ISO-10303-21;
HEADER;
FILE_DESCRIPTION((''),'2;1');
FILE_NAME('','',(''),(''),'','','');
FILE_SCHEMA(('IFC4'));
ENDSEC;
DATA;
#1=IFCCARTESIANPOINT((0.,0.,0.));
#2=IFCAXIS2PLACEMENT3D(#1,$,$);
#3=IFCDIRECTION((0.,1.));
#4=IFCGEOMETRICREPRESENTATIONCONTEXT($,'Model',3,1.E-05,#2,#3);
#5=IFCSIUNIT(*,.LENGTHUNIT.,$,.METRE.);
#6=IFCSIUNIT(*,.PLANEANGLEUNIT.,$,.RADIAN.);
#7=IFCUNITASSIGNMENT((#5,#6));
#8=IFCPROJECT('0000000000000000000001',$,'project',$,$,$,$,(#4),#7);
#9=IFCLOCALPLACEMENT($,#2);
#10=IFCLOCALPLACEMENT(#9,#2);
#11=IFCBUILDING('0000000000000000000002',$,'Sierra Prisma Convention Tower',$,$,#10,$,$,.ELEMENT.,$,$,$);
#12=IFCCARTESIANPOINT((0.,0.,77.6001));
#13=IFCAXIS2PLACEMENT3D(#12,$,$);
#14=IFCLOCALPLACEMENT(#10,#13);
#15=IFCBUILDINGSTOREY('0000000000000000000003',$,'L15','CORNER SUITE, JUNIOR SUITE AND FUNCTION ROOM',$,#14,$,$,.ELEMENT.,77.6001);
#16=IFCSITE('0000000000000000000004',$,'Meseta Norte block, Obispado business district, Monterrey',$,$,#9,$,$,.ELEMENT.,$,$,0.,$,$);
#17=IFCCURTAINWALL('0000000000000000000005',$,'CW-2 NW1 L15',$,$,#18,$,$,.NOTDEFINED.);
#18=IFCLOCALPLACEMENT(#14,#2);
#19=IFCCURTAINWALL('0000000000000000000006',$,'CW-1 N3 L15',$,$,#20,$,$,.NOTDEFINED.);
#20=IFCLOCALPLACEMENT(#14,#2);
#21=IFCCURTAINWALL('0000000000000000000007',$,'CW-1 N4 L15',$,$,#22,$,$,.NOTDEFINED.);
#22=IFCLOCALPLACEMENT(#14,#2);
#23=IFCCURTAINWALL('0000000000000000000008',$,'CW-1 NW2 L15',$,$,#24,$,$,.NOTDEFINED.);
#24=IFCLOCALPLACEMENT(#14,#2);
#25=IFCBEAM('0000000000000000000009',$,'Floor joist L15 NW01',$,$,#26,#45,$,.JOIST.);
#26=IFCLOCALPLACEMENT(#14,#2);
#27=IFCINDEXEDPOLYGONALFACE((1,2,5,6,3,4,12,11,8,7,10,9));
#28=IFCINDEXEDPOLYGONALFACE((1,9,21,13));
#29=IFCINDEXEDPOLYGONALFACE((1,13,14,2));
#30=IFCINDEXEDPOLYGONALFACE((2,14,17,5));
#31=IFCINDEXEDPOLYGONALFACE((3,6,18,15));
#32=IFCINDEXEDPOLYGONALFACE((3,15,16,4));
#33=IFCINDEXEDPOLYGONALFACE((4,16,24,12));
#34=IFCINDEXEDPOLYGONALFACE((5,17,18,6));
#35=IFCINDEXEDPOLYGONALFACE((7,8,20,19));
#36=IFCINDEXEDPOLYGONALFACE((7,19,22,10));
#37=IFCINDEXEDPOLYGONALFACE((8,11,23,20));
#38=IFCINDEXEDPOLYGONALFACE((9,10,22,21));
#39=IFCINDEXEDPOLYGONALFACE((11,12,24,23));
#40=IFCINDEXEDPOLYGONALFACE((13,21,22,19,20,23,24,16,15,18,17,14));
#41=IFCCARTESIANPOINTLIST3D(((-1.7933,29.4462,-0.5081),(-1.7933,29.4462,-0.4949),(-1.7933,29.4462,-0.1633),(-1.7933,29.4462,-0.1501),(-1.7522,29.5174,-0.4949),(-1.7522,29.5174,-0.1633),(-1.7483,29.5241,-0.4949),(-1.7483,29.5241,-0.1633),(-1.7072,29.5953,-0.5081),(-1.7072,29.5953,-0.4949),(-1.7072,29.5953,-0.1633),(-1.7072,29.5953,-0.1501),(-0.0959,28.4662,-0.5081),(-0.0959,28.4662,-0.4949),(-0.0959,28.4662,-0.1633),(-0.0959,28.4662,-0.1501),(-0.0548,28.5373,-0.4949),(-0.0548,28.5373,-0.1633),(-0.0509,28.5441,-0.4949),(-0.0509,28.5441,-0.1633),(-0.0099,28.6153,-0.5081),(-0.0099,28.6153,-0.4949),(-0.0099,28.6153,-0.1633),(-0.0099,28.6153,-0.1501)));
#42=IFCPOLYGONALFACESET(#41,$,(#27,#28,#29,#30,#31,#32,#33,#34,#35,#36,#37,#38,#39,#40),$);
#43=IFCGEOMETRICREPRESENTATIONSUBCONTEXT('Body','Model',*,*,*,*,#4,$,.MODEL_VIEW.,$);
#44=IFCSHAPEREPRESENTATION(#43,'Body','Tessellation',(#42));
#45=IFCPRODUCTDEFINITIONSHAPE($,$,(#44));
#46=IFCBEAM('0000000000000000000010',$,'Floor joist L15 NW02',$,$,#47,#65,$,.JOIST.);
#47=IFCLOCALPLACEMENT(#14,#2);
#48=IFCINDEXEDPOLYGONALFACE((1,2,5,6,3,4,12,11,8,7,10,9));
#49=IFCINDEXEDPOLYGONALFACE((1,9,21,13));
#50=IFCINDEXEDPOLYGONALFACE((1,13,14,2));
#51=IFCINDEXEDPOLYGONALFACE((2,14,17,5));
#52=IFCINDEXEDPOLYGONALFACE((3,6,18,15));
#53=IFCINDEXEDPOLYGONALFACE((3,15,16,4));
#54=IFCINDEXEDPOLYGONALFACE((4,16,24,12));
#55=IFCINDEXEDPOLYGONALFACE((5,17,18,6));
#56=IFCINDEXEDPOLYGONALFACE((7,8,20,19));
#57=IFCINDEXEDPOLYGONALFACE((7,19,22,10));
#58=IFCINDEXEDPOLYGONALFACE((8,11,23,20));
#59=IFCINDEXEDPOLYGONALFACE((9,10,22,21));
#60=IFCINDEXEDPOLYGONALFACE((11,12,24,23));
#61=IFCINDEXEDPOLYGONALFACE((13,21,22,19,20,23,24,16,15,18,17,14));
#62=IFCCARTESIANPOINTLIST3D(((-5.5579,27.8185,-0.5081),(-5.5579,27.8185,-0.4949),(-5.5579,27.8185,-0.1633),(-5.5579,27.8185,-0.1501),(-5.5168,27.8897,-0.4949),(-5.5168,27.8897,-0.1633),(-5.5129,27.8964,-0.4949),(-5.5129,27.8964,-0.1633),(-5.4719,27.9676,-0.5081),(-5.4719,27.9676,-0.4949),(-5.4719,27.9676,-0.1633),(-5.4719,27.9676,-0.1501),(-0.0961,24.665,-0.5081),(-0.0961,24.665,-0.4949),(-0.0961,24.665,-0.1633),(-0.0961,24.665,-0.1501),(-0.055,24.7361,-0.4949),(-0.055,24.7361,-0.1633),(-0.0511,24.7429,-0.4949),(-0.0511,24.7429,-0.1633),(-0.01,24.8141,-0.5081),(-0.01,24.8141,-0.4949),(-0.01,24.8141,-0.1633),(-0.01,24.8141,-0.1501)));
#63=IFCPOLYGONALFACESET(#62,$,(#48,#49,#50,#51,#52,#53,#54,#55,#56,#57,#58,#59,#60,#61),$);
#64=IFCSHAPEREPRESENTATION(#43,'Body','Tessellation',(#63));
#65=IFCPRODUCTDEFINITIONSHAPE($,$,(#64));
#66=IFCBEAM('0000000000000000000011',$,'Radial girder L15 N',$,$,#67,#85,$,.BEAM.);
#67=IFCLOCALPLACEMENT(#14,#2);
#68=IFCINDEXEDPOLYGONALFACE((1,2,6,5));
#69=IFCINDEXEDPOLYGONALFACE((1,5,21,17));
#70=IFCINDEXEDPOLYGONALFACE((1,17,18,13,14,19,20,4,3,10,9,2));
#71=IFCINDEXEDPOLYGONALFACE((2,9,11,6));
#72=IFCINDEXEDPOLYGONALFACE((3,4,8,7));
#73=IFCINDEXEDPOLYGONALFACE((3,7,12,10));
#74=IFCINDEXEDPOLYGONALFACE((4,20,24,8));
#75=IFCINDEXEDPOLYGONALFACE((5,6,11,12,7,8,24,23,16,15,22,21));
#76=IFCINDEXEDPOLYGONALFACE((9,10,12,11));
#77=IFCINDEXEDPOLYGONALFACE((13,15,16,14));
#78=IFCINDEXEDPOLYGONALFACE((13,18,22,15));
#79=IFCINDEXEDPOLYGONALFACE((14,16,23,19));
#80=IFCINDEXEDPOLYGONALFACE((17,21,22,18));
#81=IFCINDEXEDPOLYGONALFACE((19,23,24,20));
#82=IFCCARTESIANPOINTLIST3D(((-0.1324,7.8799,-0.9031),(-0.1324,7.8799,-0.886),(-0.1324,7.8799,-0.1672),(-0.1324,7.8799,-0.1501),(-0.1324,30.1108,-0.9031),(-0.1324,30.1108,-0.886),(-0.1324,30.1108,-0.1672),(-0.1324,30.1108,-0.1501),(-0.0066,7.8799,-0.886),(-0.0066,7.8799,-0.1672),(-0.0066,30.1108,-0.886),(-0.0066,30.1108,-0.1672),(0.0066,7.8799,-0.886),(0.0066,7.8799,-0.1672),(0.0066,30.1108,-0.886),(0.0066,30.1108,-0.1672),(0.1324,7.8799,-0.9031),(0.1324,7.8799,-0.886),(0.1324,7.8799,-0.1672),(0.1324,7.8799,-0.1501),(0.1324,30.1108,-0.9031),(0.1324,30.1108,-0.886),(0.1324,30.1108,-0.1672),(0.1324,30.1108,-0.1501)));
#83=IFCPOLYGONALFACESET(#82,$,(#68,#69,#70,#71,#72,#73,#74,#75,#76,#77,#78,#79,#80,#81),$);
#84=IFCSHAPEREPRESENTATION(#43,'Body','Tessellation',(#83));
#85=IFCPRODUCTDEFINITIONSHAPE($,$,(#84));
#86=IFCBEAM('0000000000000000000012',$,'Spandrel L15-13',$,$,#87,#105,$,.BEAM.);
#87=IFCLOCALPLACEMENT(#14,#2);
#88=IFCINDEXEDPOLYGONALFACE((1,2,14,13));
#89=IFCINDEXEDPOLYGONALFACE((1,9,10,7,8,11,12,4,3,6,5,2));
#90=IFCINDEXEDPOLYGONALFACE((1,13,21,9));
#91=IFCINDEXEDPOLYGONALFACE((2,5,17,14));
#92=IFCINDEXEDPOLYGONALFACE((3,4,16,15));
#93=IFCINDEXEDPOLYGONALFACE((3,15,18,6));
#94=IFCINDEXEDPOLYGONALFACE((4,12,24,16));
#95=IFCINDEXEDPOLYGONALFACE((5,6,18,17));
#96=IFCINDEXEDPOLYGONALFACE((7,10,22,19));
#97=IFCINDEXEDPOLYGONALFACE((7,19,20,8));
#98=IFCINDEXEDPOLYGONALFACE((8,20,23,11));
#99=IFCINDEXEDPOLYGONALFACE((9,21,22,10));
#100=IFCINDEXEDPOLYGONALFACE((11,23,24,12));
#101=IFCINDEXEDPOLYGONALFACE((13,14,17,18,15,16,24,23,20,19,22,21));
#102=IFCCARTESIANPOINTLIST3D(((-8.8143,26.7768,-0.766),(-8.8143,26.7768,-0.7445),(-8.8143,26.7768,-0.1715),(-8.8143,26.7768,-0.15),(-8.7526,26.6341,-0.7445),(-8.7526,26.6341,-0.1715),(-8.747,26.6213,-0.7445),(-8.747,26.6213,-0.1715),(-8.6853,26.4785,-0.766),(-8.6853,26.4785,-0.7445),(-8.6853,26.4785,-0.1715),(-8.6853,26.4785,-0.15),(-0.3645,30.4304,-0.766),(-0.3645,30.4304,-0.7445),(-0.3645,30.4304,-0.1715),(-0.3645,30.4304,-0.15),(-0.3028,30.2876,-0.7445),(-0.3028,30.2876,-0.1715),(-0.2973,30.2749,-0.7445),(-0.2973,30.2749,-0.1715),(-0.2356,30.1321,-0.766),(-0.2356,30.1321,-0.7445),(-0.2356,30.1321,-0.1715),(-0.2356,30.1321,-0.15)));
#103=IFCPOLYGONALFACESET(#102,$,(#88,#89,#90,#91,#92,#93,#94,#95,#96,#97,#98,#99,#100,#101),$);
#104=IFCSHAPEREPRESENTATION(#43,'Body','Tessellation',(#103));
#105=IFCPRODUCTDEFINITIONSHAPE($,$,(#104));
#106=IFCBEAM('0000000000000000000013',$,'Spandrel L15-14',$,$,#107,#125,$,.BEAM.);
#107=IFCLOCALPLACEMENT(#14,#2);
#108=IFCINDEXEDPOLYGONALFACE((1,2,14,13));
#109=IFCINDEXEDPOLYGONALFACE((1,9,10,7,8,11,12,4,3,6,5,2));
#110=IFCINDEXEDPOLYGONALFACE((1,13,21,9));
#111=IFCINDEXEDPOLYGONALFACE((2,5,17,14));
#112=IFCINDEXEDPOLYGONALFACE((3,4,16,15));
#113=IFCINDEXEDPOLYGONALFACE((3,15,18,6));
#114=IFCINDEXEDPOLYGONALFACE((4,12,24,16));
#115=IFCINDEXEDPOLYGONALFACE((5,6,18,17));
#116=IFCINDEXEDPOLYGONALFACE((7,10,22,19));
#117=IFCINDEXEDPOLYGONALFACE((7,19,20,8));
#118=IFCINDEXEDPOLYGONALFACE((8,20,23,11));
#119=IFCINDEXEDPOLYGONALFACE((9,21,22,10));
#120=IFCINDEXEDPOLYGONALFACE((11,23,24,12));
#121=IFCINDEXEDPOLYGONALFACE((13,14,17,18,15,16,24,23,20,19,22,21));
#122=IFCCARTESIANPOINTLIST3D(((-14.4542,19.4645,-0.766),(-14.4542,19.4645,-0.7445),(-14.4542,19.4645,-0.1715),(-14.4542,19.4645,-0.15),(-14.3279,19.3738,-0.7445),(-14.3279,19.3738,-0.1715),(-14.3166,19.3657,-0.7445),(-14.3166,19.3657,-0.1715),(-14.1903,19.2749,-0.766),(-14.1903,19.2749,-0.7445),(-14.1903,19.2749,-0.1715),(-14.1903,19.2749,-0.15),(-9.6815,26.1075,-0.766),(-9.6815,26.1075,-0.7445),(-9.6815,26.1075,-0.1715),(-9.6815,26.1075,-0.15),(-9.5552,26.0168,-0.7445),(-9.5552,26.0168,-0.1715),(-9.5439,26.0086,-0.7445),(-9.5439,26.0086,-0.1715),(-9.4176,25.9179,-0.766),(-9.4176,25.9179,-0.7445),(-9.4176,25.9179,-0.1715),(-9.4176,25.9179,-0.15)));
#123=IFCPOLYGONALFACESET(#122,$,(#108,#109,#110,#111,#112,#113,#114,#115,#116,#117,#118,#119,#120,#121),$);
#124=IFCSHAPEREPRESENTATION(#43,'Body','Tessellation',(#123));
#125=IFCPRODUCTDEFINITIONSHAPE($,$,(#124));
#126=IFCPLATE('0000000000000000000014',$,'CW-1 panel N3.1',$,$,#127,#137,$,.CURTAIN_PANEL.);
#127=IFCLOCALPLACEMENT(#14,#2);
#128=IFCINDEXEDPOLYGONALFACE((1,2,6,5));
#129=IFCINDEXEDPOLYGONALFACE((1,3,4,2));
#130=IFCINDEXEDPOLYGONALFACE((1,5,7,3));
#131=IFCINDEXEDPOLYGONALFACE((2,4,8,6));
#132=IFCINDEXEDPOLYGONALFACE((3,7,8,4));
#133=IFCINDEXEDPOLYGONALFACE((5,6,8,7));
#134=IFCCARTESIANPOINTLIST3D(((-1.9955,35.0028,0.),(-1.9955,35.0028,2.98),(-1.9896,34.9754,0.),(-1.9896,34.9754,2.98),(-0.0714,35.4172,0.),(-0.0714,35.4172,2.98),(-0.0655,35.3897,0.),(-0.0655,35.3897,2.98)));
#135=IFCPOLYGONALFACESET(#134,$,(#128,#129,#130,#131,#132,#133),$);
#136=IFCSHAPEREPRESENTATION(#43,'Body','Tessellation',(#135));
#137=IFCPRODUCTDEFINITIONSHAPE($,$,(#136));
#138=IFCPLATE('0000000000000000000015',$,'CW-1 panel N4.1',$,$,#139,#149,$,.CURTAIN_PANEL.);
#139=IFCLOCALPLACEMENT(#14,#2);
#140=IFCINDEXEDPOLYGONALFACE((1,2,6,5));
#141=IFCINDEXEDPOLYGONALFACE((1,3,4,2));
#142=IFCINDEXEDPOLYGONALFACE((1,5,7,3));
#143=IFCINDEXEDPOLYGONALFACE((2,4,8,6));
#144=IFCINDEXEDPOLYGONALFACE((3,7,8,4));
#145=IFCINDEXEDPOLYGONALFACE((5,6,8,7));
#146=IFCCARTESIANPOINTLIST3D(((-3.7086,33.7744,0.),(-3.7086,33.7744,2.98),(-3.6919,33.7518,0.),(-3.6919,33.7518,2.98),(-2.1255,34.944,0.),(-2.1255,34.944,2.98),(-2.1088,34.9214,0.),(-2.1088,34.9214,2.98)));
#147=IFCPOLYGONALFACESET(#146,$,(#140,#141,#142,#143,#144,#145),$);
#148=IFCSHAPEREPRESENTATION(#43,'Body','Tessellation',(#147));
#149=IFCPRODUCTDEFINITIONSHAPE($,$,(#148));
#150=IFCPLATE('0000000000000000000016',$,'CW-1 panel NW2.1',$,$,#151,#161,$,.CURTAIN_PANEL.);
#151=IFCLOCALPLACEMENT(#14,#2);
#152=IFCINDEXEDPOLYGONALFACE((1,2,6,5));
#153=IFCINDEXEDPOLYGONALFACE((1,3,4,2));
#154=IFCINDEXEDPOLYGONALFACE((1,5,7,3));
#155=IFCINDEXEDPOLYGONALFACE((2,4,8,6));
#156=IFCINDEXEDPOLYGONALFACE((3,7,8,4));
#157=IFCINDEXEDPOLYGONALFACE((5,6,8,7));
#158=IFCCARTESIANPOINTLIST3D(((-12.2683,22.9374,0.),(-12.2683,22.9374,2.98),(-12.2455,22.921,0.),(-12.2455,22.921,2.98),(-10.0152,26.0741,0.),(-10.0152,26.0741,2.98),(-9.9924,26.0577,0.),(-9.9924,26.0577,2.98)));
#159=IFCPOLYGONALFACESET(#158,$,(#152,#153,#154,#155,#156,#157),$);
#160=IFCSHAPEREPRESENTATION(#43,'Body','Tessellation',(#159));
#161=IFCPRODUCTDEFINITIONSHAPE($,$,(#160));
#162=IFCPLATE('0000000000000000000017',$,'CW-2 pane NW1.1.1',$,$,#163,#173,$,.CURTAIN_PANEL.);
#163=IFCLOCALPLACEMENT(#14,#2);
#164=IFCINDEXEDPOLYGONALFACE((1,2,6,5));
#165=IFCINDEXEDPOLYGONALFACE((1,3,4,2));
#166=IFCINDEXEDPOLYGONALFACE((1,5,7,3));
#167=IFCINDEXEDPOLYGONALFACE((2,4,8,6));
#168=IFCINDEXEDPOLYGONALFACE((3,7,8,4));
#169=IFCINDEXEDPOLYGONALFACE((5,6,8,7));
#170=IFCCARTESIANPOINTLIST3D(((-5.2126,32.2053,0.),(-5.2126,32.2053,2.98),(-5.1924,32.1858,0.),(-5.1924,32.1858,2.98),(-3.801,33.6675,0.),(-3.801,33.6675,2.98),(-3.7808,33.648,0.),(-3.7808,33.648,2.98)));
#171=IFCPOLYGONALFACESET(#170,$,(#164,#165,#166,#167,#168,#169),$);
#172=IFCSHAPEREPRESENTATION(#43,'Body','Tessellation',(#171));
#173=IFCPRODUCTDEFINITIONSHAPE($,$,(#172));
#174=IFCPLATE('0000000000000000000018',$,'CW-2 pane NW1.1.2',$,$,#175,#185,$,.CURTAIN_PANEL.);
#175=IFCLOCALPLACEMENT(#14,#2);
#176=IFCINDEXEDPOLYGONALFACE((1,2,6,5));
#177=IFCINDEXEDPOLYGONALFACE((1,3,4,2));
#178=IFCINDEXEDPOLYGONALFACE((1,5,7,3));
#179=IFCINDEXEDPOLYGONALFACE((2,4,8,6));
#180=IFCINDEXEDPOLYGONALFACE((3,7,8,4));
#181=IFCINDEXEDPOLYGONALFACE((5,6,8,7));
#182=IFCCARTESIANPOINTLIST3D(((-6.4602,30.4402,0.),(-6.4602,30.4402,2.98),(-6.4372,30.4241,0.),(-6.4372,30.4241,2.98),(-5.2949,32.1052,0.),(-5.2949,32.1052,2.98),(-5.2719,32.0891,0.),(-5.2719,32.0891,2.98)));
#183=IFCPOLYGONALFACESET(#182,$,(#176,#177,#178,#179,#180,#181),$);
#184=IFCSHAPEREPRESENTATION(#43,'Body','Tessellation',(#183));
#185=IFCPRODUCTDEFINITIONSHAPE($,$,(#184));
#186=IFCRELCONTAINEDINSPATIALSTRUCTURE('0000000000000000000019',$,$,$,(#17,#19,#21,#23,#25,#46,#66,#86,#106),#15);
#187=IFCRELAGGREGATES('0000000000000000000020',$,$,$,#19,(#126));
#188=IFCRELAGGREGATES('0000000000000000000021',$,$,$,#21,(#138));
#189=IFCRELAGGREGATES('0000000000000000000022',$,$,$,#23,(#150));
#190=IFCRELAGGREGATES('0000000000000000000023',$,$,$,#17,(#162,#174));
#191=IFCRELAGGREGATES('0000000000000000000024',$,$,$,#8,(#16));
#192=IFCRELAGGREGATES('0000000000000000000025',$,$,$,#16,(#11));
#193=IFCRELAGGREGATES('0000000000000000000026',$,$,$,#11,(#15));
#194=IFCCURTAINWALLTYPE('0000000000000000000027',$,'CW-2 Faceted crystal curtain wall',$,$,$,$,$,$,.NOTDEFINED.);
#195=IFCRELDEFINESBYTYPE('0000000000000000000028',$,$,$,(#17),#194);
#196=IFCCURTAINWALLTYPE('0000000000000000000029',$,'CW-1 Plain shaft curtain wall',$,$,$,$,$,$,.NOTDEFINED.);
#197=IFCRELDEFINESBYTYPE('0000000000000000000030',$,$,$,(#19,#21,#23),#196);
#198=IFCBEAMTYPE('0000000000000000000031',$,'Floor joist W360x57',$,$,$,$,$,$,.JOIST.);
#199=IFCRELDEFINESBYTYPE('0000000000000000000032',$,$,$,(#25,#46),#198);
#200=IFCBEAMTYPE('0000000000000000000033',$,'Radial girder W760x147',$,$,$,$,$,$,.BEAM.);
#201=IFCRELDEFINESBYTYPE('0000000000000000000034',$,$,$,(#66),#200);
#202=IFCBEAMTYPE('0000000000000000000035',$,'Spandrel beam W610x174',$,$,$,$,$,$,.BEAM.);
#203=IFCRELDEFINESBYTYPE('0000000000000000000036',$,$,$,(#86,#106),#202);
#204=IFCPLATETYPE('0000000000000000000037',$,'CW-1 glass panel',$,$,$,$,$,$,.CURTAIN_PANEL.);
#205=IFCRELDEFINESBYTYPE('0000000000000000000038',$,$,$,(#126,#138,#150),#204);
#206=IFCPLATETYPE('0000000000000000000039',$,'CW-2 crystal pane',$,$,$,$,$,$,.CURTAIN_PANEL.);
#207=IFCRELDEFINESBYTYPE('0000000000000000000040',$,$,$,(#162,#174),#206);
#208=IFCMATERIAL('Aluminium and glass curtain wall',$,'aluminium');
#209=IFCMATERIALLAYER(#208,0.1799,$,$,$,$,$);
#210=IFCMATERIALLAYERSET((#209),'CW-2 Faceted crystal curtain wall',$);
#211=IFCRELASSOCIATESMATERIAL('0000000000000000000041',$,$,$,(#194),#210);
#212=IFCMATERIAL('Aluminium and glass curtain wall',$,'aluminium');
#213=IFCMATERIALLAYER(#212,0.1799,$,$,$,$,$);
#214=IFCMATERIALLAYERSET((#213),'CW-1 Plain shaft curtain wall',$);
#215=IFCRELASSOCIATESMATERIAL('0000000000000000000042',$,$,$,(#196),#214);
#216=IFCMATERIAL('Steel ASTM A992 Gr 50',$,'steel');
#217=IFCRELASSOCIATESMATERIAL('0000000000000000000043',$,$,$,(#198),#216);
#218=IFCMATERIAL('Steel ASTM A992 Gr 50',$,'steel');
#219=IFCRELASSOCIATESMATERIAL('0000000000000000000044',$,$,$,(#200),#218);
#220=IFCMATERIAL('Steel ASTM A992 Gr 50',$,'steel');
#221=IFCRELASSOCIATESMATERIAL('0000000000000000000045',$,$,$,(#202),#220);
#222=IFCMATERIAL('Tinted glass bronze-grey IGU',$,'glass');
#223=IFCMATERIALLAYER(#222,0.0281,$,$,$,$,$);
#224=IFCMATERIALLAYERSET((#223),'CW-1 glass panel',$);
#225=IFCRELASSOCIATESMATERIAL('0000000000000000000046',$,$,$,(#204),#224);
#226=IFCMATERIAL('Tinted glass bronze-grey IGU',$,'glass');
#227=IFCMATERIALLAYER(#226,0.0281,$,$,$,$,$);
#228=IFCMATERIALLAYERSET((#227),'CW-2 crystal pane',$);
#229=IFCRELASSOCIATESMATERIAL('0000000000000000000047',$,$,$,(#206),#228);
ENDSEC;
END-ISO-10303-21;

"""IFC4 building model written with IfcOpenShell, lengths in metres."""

from ifc_helpers import new_model, si_unit, direction, frame, origin, origin_2d, place, context, subcontext, project, spatial, polyline, rectangle, i_section, outline, extrude, material, layer, layer_set, material_profile, profile_set, type_object, element, aggregate, save


model = new_model("IFC4")

# Units and contexts
model_context = context("Model", 3, precision=1e-05, world=origin(), true_north=direction((0.0, 1.0)))
body_context = subcontext(model_context, "Body", "Model", "MODEL_VIEW")
ifc_project = project(units=[si_unit("LENGTHUNIT", "METRE"), si_unit("PLANEANGLEUNIT", "RADIAN")], contexts=[model_context])

# Site, building, storey
site_placement = place(None, origin())
site = spatial("IfcSite", under=ifc_project, at=site_placement, Name="Meseta Norte block, Obispado business district, Monterrey", CompositionType="ELEMENT", RefElevation=0.0)
building_placement = place(site_placement, origin())
building = spatial("IfcBuilding", under=site, at=building_placement, Name="Sierra Prisma Convention Tower", CompositionType="ELEMENT")
storey_placement = place(building_placement, frame((0.0, 0.0, 77.6001)))
storey = spatial("IfcBuildingStorey", under=building, at=storey_placement, Name="L15", Description="CORNER SUITE, JUNIOR SUITE AND FUNCTION ROOM", CompositionType="ELEMENT", Elevation=77.6001)

# Curtain wall
ifc_material_1 = material(Name="Aluminium and glass curtain wall", Category="aluminium")
ifc_layer_1 = layer(ifc_material_1, 0.1799)
ifc_layer_set_1 = layer_set([ifc_layer_1], Name="CW-2 Faceted crystal curtain wall")
curtain_wall_type_1 = type_object("IfcCurtainWallType", Name="CW-2 Faceted crystal curtain wall", PredefinedType="NOTDEFINED", material=ifc_layer_set_1)
curtain_wall_1_placement = place(storey_placement, origin())
curtain_wall_1 = element("IfcCurtainWall", 1, at=curtain_wall_1_placement, inside=storey, type_object=curtain_wall_type_1, Name="CW-2 NW1 L15", PredefinedType="NOTDEFINED")

# Curtain walls
ifc_material_2 = material(Name="Aluminium and glass curtain wall", Category="aluminium")
ifc_layer_2 = layer(ifc_material_2, 0.1799)
ifc_layer_set_2 = layer_set([ifc_layer_2], Name="CW-1 Plain shaft curtain wall")
curtain_wall_type_2 = type_object("IfcCurtainWallType", Name="CW-1 Plain shaft curtain wall", PredefinedType="NOTDEFINED", material=ifc_layer_set_2)
curtain_wall_2_placement = place(storey_placement, origin())
curtain_wall_2 = element("IfcCurtainWall", 2, at=curtain_wall_2_placement, inside=storey, type_object=curtain_wall_type_2, Name="CW-1 N3 L15", PredefinedType="NOTDEFINED")
curtain_wall_3_placement = place(storey_placement, origin())
curtain_wall_3 = element("IfcCurtainWall", 3, at=curtain_wall_3_placement, inside=storey, type_object=curtain_wall_type_2, Name="CW-1 N4 L15", PredefinedType="NOTDEFINED")

# Curtain wall
curtain_wall_4_placement = place(storey_placement, origin())
curtain_wall_4 = element("IfcCurtainWall", 4, at=curtain_wall_4_placement, inside=storey, type_object=curtain_wall_type_2, Name="CW-1 NW2 L15", PredefinedType="NOTDEFINED")

# Beams
ifc_material_3 = material(Name="Steel ASTM A992 Gr 50", Category="steel")
ifc_material_profile_1 = material_profile(ifc_material_3, i_section(OverallWidth=0.1721, OverallDepth=0.3579, WebThickness=0.0078, FlangeThickness=0.0132, at=origin_2d()), Name="W360x57")
ifc_profile_set_1 = profile_set([ifc_material_profile_1], Name="Steel ASTM A992 Gr 50")
beam_type_1 = type_object("IfcBeamType", Name="Floor joist W360x57", PredefinedType="JOIST", material=ifc_profile_set_1)
beam_1_placement = place(storey_placement, frame((-1.7502, 29.5208, -0.3291), z_axis=(0.866011, -0.500024, 0.0), x_axis=(0.500024, 0.866011, 0.0)))
element("IfcBeam", 5, at=beam_1_placement, inside=storey, type_object=beam_type_1, Name="Floor joist L15 NW01", PredefinedType="JOIST", context=body_context, shape_type="SweptSolid", body=[
    extrude(i_section(OverallWidth=0.1721, OverallDepth=0.3579, WebThickness=0.0078, FlangeThickness=0.0132, at=origin_2d()), origin(), (0.0, 0.0, 1.0), 1.96),
])
beam_2_placement = place(storey_placement, frame((-5.5149, 27.8931, -0.3291), z_axis=(0.866017, -0.500015, 0.0), x_axis=(0.500015, 0.866017, 0.0)))
element("IfcBeam", 6, at=beam_2_placement, inside=storey, type_object=beam_type_1, Name="Floor joist L15 NW02", PredefinedType="JOIST", context=body_context, shape_type="SweptSolid", body=[
    extrude(i_section(OverallWidth=0.1721, OverallDepth=0.3579, WebThickness=0.0078, FlangeThickness=0.0132, at=origin_2d()), origin(), (0.0, 0.0, 1.0), 6.3069),
])
ifc_material_4 = material(Name="Steel ASTM A992 Gr 50", Category="steel")
ifc_material_profile_2 = material_profile(ifc_material_4, i_section(OverallWidth=0.2649, OverallDepth=0.7529, WebThickness=0.0132, FlangeThickness=0.0171, at=origin_2d()), Name="W760x147")
ifc_profile_set_2 = profile_set([ifc_material_profile_2], Name="Steel ASTM A992 Gr 50")
beam_type_2 = type_object("IfcBeamType", Name="Radial girder W760x147", PredefinedType="BEAM", material=ifc_profile_set_2)
beam_3_placement = place(storey_placement, frame((0.0, 30.1108, -0.5266), z_axis=(0.0, -1.0, 0.0), x_axis=(1.0, 0.0, 0.0)))
element("IfcBeam", 7, at=beam_3_placement, inside=storey, type_object=beam_type_2, Name="Radial girder L15 N", PredefinedType="BEAM", context=body_context, shape_type="SweptSolid", body=[
    extrude(i_section(OverallWidth=0.2649, OverallDepth=0.7529, WebThickness=0.0132, FlangeThickness=0.0171, at=origin_2d()), origin(), (0.0, 0.0, 1.0), 22.231),
])
ifc_material_5 = material(Name="Steel ASTM A992 Gr 50", Category="steel")
ifc_material_profile_3 = material_profile(ifc_material_5, i_section(OverallWidth=0.325, OverallDepth=0.616, WebThickness=0.0139, FlangeThickness=0.0215, at=origin_2d()), Name="W610x174")
ifc_profile_set_3 = profile_set([ifc_material_profile_3], Name="Steel ASTM A992 Gr 50")
beam_type_3 = type_object("IfcBeamType", Name="Spandrel beam W610x174", PredefinedType="BEAM", material=ifc_profile_set_3)
beam_4_placement = place(storey_placement, frame((-0.3, 30.2812, -0.458), z_axis=(-0.917871, -0.396878, 0.0), x_axis=(0.396878, -0.917871, 0.0)))
element("IfcBeam", 8, at=beam_4_placement, inside=storey, type_object=beam_type_3, Name="Spandrel L15-13", PredefinedType="BEAM", context=body_context, shape_type="SweptSolid", body=[
    extrude(i_section(OverallWidth=0.325, OverallDepth=0.616, WebThickness=0.0139, FlangeThickness=0.0215, at=origin_2d()), origin(), (0.0, 0.0, 1.0), 9.2058),
])
beam_5_placement = place(storey_placement, frame((-9.5496, 26.0127, -0.458), z_axis=(-0.583475, -0.812131, 0.0), x_axis=(0.812131, -0.583475, 0.0)))
element("IfcBeam", 9, at=beam_5_placement, inside=storey, type_object=beam_type_3, Name="Spandrel L15-14", PredefinedType="BEAM", context=body_context, shape_type="SweptSolid", body=[
    extrude(i_section(OverallWidth=0.325, OverallDepth=0.616, WebThickness=0.0139, FlangeThickness=0.0215, at=origin_2d()), origin(), (0.0, 0.0, 1.0), 8.1797),
])

# Plates
ifc_material_6 = material(Name="Tinted glass bronze-grey IGU", Category="glass")
ifc_layer_3 = layer(ifc_material_6, 0.0281)
ifc_layer_set_3 = layer_set([ifc_layer_3], Name="CW-1 glass panel")
plate_type_1 = type_object("IfcPlateType", Name="CW-1 glass panel", PredefinedType="CURTAIN_PANEL", material=ifc_layer_set_3)
plate_1_placement = place(storey_placement, frame((-1.0305, 35.1963, 0.0), z_axis=(0.0, 0.0, 1.0), x_axis=(-0.977589, -0.210523, 0.0)))
plate_1 = element("IfcPlate", 10, at=plate_1_placement, type_object=plate_type_1, Name="CW-1 panel N3.1", PredefinedType="CURTAIN_PANEL", context=body_context, shape_type="SweptSolid", body=[
    extrude(rectangle(XDim=1.9683, YDim=0.0281, at=origin_2d()), origin(), (0.0, 0.0, 1.0), 2.98),
])
aggregate(curtain_wall_2, [plate_1])
plate_2_placement = place(storey_placement, frame((-2.9087, 34.3479, 0.0), z_axis=(0.0, 0.0, 1.0), x_axis=(-0.804282, -0.594248, 0.0)))
plate_2 = element("IfcPlate", 11, at=plate_2_placement, type_object=plate_type_1, Name="CW-1 panel N4.1", PredefinedType="CURTAIN_PANEL", context=body_context, shape_type="SweptSolid", body=[
    extrude(rectangle(XDim=1.9683, YDim=0.0281, at=origin_2d()), origin(), (0.0, 0.0, 1.0), 2.98),
])
aggregate(curtain_wall_3, [plate_2])
plate_3_placement = place(storey_placement, frame((-11.1304, 24.4976, 0.0), z_axis=(0.0, 0.0, 1.0), x_axis=(-0.583401, -0.812184, 0.0)))
plate_3 = element("IfcPlate", 12, at=plate_3_placement, type_object=plate_type_1, Name="CW-1 panel NW2.1", PredefinedType="CURTAIN_PANEL", context=body_context, shape_type="SweptSolid", body=[
    extrude(rectangle(XDim=3.8621, YDim=0.0281, at=origin_2d()), origin(), (0.0, 0.0, 1.0), 2.98),
])
aggregate(curtain_wall_4, [plate_3])
ifc_material_7 = material(Name="Tinted glass bronze-grey IGU", Category="glass")
ifc_layer_4 = layer(ifc_material_7, 0.0281)
ifc_layer_set_4 = layer_set([ifc_layer_4], Name="CW-2 crystal pane")
plate_type_2 = type_object("IfcPlateType", Name="CW-2 crystal pane", PredefinedType="CURTAIN_PANEL", material=ifc_layer_set_4)
plate_4_placement = place(storey_placement, frame((-3.801, 33.6675, 0.0), z_axis=(-0.71943, 0.694565, 0.0), x_axis=(-0.694565, -0.71943, 0.0)))
plate_4 = element("IfcPlate", 13, at=plate_4_placement, type_object=plate_type_2, Name="CW-2 pane NW1.1.1", PredefinedType="CURTAIN_PANEL", context=body_context, shape_type="SweptSolid", body=[
    extrude(outline(polyline([(0.0, 0.0), (2.0324, 0.0), (2.0324, 2.98), (0.0, 2.98), (0.0, 0.0)])), origin(), (0.0, 0.0, -1.0), 0.0281),
])
plate_5_placement = place(storey_placement, frame((-6.4602, 30.4402, 0.0), z_axis=(-0.819288, 0.573382, 0.0), x_axis=(0.573382, 0.819288, 0.0)))
plate_5 = element("IfcPlate", 14, at=plate_5_placement, type_object=plate_type_2, Name="CW-2 pane NW1.1.2", PredefinedType="CURTAIN_PANEL", context=body_context, shape_type="SweptSolid", body=[
    extrude(outline(polyline([(0.0, 0.0), (2.0323, 0.0), (2.0323, -2.98), (0.0, -2.98), (0.0, 0.0)])), origin(), (0.0, 0.0, -1.0), 0.0281),
])
aggregate(curtain_wall_1, [plate_4, plate_5])

save(model, "model.ifc")
